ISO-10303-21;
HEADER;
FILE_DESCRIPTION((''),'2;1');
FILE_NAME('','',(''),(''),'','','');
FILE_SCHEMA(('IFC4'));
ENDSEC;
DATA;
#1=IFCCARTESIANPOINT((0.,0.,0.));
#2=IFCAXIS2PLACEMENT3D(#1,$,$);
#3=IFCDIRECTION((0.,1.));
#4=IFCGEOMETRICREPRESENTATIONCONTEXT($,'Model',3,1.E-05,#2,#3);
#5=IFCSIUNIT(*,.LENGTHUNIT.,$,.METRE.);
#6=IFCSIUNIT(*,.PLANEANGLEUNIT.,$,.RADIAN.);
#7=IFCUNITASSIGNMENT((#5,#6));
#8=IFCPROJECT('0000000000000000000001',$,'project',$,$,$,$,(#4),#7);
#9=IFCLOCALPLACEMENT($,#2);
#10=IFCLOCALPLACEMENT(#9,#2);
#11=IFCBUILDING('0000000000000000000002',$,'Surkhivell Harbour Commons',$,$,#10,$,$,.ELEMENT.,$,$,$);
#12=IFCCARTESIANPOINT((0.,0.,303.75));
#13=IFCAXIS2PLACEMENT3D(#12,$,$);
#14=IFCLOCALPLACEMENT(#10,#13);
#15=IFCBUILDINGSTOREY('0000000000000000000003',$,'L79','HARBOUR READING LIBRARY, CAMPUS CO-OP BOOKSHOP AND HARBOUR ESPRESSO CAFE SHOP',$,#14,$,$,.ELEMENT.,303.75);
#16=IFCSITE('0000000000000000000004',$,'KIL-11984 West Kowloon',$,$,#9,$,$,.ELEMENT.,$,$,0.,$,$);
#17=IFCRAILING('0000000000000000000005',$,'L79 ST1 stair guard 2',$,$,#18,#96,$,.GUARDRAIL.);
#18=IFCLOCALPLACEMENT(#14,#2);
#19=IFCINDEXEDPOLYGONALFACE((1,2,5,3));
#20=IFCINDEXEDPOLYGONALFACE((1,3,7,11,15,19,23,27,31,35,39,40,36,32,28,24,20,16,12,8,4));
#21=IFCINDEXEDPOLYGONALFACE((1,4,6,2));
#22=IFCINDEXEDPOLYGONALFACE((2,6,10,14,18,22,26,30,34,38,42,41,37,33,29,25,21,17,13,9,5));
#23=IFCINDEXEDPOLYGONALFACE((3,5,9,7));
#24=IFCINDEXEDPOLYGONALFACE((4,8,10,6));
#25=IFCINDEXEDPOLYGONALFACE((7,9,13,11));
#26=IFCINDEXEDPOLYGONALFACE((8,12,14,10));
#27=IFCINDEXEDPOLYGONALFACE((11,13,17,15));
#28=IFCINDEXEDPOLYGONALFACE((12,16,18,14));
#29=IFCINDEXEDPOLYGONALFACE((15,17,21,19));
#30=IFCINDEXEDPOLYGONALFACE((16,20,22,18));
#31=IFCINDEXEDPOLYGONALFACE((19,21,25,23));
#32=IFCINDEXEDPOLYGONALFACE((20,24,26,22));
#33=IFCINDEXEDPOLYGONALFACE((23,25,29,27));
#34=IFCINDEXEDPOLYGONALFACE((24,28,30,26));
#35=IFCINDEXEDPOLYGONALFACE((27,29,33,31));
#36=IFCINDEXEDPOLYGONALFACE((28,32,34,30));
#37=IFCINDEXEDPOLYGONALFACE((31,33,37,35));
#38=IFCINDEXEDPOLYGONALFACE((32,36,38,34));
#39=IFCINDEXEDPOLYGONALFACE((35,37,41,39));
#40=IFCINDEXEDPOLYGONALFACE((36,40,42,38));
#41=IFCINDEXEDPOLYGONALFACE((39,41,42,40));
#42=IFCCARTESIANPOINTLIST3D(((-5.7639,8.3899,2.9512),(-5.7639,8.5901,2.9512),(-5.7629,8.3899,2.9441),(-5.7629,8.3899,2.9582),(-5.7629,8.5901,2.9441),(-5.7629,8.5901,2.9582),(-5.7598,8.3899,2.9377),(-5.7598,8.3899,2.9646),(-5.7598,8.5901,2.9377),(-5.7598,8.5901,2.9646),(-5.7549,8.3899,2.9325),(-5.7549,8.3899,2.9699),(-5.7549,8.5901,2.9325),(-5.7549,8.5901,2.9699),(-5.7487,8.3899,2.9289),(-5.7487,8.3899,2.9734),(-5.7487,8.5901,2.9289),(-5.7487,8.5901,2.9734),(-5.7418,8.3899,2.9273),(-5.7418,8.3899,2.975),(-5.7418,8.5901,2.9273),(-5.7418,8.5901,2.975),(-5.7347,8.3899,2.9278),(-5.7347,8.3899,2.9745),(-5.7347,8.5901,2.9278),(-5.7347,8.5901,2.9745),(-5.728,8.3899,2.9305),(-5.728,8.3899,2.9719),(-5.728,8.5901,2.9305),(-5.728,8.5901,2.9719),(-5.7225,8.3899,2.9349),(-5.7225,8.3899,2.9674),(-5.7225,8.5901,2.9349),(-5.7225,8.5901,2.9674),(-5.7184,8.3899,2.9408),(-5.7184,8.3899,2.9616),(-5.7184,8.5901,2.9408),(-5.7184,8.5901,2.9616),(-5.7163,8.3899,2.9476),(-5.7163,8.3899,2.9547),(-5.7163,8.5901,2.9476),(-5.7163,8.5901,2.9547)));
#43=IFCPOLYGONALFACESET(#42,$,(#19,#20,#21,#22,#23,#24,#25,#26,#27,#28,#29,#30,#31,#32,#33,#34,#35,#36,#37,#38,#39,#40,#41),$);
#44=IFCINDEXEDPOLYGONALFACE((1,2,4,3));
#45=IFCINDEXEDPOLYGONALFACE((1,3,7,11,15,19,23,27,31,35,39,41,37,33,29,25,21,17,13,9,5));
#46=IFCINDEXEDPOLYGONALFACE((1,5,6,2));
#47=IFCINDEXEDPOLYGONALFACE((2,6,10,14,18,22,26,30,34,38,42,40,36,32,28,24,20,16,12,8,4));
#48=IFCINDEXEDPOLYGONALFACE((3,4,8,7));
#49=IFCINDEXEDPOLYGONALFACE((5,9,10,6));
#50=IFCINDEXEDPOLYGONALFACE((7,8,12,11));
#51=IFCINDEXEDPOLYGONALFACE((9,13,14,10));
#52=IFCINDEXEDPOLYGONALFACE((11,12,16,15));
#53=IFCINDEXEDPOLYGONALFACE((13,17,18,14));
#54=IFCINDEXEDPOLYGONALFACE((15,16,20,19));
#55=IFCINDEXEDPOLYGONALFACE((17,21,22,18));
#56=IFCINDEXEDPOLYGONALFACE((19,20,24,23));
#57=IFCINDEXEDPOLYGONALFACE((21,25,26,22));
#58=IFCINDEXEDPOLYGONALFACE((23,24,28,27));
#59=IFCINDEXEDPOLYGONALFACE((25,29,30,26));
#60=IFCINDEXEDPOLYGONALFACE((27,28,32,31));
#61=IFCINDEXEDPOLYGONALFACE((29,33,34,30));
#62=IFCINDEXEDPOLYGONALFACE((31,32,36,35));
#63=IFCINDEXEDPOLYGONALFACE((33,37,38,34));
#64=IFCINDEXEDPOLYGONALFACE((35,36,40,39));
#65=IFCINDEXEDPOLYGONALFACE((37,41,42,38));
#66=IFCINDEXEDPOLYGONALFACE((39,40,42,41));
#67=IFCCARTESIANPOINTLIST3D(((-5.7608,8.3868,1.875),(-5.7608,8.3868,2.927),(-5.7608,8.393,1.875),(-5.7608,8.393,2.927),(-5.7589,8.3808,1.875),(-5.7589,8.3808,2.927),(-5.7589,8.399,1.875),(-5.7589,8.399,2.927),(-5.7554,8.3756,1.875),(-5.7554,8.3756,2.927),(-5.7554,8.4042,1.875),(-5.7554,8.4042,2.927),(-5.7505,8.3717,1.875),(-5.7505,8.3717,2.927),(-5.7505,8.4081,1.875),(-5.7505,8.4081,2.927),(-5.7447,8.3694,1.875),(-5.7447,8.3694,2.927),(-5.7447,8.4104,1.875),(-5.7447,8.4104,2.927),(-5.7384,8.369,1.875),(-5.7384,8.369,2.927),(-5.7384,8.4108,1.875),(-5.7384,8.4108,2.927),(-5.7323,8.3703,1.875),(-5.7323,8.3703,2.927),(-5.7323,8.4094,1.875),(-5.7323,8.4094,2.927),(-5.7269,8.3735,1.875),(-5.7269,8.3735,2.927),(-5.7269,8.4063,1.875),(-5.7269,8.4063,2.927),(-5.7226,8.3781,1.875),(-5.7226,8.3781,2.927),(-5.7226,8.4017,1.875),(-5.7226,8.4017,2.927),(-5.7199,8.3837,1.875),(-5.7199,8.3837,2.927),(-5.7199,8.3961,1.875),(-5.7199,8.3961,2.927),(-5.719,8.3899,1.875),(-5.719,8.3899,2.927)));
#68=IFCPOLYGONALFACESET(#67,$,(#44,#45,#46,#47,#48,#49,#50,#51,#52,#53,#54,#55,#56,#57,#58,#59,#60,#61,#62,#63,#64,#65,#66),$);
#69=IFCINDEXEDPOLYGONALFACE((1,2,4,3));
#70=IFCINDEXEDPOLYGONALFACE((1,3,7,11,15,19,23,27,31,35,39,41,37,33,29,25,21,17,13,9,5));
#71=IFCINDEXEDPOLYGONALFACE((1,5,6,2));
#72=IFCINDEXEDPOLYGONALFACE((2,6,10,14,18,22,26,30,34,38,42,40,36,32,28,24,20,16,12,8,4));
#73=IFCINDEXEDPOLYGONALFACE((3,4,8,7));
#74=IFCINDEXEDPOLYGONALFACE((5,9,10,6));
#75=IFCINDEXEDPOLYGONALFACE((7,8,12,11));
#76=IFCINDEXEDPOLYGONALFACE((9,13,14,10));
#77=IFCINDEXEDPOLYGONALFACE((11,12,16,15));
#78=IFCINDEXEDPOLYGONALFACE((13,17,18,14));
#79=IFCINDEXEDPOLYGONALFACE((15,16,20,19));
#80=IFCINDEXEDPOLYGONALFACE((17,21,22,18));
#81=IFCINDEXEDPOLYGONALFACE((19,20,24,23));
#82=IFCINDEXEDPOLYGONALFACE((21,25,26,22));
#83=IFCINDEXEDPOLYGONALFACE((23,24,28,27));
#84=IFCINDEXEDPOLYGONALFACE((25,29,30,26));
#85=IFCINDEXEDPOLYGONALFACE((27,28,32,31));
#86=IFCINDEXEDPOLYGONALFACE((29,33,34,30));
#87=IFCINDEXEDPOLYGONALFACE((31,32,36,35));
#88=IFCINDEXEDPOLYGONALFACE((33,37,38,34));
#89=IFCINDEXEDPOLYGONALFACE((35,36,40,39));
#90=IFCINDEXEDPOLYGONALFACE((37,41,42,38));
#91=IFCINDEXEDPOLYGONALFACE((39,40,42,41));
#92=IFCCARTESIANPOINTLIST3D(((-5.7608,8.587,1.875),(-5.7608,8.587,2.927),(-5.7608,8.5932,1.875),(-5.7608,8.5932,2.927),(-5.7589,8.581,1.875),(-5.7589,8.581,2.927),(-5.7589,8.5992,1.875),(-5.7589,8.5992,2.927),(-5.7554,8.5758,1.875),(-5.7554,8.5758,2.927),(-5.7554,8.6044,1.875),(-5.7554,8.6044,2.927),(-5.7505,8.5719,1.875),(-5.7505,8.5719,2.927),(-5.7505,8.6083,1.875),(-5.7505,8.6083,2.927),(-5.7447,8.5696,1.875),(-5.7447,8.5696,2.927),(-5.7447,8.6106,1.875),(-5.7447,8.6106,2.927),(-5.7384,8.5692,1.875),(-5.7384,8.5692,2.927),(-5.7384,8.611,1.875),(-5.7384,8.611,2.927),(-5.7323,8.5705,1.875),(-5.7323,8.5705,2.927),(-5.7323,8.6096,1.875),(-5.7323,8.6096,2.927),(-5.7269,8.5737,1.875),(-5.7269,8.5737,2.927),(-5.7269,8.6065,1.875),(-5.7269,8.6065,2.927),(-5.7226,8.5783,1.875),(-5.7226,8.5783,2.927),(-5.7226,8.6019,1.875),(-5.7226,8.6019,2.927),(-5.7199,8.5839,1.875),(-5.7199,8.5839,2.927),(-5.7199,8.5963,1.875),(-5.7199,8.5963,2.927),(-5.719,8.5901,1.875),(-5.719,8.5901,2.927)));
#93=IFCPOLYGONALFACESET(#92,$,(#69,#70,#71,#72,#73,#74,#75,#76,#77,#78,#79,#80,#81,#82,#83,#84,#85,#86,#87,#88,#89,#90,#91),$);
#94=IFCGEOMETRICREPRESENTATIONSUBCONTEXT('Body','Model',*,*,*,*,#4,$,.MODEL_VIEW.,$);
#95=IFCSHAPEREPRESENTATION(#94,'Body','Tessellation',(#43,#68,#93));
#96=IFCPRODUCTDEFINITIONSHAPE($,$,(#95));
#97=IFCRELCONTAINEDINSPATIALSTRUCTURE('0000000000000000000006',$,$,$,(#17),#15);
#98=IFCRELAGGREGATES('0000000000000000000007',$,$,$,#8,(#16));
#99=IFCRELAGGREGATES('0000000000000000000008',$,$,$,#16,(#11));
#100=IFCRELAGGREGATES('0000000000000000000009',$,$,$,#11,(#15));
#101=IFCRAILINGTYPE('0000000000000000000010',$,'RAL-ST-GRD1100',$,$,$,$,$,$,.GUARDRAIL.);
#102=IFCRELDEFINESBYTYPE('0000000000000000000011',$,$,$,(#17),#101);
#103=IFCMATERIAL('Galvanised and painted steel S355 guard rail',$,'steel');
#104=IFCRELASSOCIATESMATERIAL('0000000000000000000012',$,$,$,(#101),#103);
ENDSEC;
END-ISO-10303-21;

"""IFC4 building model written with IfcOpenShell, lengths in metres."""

from ifc_helpers import new_model, si_unit, direction, frame, origin, origin_2d, place, context, subcontext, project, spatial, circle, extrude, material, type_object, element, save


model = new_model("IFC4")

# Units and contexts
model_context = context("Model", 3, precision=1e-05, world=origin(), true_north=direction((0.0, 1.0)))
body_context = subcontext(model_context, "Body", "Model", "MODEL_VIEW")
ifc_project = project(units=[si_unit("LENGTHUNIT", "METRE"), si_unit("PLANEANGLEUNIT", "RADIAN")], contexts=[model_context])

# Site, building, storey
site_placement = place(None, origin())
site = spatial("IfcSite", under=ifc_project, at=site_placement, Name="KIL-11984 West Kowloon", CompositionType="ELEMENT", RefElevation=0.0)
building_placement = place(site_placement, origin())
building = spatial("IfcBuilding", under=site, at=building_placement, Name="Surkhivell Harbour Commons", CompositionType="ELEMENT")
storey_placement = place(building_placement, frame((0.0, 0.0, 303.75)))
storey = spatial("IfcBuildingStorey", under=building, at=storey_placement, Name="L79", Description="HARBOUR READING LIBRARY, CAMPUS CO-OP BOOKSHOP AND HARBOUR ESPRESSO CAFE SHOP", CompositionType="ELEMENT", Elevation=303.75)

# Railing
ifc_material_1 = material(Name="Galvanised and painted steel S355 guard rail", Category="steel")
railing_type_1 = type_object("IfcRailingType", Name="RAL-ST-GRD1100", PredefinedType="GUARDRAIL", material=ifc_material_1)
railing_1_placement = place(storey_placement, frame((-5.74, 8.3899, 1.875)))
element("IfcRailing", 1, at=railing_1_placement, inside=storey, type_object=railing_type_1, Name="L79 ST1 stair guard 2", PredefinedType="GUARDRAIL", context=body_context, shape_type="SweptSolid", body=[
    extrude(circle(Radius=0.0239, at=origin_2d()), frame((0.0, 0.0, 1.0762), z_axis=(0.0, 1.0, 0.0), x_axis=(-1.0, 0.0, 0.0)), (0.0, 0.0, 1.0), 0.2002),
    extrude(circle(Radius=0.021, at=origin_2d()), origin(), (0.0, 0.0, 1.0), 1.052),
    extrude(circle(Radius=0.021, at=origin_2d()), frame((0.0, 0.2002, 0.0)), (0.0, 0.0, 1.0), 1.052),
])

save(model, "model.ifc")
